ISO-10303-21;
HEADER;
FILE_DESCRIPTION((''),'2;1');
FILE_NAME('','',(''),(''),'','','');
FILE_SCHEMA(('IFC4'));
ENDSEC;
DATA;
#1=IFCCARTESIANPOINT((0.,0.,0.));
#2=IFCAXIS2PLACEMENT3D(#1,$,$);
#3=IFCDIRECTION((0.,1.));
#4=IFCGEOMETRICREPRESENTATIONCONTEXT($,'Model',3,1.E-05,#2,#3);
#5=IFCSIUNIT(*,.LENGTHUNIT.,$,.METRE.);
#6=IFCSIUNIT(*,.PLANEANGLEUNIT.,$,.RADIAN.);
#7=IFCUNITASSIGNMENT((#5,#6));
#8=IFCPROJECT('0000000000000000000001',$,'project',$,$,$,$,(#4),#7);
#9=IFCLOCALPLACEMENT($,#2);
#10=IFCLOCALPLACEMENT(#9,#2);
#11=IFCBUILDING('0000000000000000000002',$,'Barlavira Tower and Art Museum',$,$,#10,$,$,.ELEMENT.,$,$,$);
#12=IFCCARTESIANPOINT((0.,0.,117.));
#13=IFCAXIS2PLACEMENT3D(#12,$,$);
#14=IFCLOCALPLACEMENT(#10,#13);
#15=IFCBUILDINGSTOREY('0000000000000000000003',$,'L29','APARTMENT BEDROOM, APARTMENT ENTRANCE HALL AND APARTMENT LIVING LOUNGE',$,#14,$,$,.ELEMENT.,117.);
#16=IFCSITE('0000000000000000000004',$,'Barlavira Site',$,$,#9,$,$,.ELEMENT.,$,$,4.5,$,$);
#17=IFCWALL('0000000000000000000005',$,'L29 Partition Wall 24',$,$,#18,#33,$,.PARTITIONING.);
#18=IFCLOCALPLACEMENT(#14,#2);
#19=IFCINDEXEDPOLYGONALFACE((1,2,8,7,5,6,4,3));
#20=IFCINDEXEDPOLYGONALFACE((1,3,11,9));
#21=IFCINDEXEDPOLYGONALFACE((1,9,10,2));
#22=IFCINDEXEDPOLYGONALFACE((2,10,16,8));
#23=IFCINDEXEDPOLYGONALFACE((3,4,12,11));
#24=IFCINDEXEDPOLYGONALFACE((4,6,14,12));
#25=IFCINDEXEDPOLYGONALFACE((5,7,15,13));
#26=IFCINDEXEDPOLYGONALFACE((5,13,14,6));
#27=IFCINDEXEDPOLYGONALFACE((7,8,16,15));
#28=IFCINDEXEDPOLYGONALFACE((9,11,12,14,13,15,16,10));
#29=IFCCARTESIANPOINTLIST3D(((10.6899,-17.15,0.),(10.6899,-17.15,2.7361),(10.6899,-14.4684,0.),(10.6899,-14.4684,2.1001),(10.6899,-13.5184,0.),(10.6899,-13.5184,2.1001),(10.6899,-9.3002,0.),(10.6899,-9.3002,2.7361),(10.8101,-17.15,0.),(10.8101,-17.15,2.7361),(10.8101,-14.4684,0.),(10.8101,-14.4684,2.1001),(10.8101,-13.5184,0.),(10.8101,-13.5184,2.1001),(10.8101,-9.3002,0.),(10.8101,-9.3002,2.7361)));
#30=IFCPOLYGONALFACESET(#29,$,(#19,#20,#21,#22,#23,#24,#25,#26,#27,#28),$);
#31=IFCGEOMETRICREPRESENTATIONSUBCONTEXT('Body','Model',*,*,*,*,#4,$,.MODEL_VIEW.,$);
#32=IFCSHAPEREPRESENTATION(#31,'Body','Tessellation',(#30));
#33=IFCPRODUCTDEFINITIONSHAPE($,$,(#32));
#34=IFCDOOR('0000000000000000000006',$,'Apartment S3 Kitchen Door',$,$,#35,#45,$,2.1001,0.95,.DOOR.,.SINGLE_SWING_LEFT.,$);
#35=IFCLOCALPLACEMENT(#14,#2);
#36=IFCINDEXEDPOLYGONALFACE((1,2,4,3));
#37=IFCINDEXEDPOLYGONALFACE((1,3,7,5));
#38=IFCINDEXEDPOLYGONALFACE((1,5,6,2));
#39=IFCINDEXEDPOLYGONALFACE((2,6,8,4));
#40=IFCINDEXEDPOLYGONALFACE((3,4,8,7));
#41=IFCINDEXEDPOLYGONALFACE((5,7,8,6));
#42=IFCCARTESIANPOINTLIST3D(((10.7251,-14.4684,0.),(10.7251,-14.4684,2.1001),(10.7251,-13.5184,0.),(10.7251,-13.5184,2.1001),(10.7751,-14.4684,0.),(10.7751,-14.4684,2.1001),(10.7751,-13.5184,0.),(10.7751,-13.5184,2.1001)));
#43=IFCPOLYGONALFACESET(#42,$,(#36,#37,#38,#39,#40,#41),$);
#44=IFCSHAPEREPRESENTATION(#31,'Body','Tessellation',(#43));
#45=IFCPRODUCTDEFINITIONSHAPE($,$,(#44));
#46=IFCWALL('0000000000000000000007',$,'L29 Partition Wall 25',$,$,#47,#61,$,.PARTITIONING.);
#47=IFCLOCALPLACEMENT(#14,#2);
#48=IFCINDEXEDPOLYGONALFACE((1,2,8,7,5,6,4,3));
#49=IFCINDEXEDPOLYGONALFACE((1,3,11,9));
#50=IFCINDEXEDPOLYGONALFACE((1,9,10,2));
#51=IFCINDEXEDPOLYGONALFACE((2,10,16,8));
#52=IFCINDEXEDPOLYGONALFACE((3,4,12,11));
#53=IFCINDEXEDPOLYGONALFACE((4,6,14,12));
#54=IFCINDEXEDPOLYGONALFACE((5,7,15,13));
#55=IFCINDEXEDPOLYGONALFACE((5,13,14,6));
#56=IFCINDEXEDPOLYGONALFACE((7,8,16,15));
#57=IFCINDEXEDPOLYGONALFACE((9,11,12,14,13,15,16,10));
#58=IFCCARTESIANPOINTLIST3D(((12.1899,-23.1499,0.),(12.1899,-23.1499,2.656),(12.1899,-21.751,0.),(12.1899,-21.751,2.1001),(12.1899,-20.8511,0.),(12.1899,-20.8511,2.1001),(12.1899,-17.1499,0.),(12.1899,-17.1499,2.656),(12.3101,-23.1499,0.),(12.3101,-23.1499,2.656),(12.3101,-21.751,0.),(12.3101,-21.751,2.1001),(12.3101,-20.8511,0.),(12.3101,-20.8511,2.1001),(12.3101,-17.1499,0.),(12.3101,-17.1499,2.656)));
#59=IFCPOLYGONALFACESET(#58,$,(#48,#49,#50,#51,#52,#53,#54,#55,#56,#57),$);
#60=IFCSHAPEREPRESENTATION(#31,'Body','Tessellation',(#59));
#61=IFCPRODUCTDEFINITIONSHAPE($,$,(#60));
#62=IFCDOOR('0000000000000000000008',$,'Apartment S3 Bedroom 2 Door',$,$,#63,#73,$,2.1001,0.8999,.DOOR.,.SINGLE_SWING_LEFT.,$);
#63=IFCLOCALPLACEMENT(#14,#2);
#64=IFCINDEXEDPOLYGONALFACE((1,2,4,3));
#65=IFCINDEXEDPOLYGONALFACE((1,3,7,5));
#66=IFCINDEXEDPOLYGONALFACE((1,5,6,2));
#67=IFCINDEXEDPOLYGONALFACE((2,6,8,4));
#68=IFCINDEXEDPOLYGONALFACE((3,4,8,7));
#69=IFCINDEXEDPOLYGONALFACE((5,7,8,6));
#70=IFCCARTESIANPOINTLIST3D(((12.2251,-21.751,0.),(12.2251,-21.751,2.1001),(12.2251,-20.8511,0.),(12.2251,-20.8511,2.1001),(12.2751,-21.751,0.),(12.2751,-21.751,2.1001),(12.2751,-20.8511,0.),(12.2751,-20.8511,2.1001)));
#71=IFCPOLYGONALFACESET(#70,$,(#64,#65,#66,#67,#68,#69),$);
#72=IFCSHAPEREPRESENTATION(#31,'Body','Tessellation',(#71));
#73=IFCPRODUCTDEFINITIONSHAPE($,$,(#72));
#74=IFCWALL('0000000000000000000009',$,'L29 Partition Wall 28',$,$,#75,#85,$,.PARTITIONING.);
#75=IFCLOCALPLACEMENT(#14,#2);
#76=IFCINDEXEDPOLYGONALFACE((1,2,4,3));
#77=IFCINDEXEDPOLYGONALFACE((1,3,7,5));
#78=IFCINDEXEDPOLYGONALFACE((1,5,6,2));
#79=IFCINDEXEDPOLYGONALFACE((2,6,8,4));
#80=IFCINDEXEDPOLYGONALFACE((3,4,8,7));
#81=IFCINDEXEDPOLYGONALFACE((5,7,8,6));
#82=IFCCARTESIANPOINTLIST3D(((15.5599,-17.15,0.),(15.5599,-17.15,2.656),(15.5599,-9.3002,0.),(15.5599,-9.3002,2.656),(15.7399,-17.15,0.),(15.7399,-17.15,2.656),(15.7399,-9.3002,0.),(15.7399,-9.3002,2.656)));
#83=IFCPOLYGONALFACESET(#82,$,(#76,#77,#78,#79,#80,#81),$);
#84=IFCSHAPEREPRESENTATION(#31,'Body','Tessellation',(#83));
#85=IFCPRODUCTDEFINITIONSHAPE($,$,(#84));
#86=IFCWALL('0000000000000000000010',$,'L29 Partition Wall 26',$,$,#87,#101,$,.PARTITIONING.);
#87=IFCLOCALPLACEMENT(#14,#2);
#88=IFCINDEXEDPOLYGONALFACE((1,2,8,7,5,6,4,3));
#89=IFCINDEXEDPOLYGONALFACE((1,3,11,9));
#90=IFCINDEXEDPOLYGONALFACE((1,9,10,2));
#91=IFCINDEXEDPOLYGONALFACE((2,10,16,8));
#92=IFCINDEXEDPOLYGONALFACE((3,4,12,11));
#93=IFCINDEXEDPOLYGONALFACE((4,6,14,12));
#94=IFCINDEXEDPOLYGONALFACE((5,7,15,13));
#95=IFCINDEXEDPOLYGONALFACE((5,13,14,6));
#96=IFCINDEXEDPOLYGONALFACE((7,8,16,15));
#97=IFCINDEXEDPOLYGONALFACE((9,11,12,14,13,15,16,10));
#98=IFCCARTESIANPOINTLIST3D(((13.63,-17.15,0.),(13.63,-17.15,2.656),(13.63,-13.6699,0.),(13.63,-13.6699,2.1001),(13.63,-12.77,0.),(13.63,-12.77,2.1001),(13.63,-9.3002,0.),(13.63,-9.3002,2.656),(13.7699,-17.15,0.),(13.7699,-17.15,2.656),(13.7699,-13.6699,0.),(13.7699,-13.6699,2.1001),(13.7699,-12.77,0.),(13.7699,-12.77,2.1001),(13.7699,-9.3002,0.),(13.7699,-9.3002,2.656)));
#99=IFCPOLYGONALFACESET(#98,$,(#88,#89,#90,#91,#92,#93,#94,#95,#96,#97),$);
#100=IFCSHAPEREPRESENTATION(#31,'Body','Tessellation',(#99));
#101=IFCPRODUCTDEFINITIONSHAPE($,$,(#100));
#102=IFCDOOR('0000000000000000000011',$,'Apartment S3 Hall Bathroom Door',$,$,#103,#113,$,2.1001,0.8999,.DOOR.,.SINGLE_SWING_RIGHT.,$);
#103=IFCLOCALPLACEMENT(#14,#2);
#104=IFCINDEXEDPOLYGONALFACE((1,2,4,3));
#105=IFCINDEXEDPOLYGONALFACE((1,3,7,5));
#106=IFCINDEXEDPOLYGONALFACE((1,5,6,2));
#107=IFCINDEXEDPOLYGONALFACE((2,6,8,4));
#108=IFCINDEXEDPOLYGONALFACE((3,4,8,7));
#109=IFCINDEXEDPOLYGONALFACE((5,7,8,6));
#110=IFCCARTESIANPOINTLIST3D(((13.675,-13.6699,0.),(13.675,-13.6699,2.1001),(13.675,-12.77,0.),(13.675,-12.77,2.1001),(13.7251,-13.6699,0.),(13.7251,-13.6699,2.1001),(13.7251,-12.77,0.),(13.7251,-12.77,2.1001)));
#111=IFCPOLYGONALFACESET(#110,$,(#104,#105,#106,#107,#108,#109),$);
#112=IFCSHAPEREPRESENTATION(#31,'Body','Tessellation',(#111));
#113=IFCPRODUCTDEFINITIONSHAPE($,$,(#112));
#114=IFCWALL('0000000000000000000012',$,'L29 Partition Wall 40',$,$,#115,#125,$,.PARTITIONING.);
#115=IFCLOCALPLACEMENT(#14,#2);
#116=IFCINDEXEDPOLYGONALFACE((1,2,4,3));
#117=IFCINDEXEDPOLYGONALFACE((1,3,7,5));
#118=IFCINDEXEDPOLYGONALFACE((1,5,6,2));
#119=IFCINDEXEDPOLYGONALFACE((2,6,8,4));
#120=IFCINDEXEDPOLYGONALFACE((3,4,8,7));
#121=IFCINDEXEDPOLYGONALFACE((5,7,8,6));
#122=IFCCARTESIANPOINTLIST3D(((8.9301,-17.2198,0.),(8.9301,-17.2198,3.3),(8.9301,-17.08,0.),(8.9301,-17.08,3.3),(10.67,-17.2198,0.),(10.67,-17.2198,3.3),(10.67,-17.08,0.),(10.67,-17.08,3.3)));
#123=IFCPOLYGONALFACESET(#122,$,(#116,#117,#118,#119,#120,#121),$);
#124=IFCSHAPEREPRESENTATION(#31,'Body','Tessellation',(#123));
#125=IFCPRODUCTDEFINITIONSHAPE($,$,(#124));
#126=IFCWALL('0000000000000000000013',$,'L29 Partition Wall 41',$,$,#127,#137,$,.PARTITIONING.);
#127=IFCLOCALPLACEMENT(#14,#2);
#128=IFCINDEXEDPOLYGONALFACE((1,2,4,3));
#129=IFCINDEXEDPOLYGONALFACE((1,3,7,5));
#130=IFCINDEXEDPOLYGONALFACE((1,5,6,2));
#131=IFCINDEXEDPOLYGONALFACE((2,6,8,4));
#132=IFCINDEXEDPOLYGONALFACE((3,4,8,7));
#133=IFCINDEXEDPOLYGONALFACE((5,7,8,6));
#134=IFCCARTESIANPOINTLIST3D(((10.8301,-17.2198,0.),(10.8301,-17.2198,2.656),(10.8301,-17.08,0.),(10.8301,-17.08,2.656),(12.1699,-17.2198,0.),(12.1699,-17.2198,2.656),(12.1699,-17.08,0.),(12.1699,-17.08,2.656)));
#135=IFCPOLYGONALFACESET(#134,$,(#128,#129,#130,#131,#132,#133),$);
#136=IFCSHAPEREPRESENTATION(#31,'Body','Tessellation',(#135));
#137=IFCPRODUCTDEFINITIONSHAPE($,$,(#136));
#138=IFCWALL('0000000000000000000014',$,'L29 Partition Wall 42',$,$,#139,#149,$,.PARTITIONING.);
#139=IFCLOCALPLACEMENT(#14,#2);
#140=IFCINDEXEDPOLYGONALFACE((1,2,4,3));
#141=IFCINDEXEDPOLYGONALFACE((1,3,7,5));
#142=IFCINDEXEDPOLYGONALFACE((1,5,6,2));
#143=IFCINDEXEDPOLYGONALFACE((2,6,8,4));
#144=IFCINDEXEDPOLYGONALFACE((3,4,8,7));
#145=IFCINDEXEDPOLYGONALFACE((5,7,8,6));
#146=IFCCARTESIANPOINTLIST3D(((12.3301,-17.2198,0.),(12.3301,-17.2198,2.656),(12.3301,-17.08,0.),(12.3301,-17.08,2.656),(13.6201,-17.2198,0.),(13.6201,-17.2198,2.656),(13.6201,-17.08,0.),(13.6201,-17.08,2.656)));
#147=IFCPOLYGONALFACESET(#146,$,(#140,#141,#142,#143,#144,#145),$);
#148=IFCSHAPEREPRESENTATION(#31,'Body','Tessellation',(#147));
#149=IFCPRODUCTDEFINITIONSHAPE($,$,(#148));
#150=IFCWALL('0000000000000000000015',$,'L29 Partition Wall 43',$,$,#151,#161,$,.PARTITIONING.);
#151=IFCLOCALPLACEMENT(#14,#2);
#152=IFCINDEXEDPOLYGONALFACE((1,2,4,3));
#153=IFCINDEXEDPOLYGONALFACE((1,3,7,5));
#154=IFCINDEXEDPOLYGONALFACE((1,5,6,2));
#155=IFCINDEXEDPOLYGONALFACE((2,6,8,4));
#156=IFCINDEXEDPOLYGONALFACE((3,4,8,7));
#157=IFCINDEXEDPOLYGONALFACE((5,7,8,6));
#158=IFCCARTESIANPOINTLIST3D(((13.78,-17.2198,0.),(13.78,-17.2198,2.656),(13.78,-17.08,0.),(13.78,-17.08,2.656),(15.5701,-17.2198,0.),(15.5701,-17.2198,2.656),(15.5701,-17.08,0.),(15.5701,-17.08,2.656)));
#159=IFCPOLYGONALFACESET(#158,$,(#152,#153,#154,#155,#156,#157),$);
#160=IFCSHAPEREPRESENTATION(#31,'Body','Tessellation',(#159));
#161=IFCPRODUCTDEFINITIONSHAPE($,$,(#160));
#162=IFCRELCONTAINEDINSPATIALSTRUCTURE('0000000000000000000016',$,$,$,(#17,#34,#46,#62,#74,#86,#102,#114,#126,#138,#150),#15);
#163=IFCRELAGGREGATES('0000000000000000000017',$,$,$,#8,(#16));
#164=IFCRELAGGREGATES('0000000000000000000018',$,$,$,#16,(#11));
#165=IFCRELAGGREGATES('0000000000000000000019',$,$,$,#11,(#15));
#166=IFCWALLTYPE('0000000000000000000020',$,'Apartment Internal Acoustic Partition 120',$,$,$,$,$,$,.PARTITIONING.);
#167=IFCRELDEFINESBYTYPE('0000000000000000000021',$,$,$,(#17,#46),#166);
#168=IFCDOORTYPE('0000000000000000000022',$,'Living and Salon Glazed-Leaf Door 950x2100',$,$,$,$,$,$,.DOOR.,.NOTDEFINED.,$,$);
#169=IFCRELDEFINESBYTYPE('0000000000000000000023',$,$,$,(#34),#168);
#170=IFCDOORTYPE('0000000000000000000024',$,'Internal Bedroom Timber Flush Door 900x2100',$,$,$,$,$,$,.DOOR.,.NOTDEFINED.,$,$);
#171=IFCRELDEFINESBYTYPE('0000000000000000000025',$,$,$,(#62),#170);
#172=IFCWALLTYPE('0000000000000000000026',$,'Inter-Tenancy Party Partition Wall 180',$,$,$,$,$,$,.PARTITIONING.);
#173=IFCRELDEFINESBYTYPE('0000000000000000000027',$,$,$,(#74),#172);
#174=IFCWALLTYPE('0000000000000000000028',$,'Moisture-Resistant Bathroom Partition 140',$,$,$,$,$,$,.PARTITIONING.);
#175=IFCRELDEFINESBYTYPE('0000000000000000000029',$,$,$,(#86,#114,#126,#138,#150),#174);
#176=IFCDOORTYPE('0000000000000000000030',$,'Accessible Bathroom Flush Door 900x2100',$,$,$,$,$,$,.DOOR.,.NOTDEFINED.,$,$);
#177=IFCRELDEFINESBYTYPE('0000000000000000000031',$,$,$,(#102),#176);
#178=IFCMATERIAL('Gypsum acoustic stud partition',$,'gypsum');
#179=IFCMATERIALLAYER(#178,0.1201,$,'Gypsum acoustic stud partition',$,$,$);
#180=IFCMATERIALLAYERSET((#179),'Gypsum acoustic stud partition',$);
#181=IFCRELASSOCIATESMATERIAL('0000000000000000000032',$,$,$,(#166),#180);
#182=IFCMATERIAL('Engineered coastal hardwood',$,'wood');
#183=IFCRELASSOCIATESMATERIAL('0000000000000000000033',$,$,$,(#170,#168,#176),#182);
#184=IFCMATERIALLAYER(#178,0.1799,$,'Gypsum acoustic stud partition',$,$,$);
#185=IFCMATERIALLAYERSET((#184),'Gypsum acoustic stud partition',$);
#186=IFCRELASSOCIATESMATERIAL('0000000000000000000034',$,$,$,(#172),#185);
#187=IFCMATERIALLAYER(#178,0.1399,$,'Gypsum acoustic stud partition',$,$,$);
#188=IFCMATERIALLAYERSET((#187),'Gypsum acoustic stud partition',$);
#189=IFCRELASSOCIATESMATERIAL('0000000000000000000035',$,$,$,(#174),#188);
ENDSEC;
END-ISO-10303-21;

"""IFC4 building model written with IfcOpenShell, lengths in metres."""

from ifc_helpers import new_model, si_unit, direction, frame, frame_2d, origin, place, context, subcontext, project, spatial, rectangle, extrude, material, layer, layer_set, type_object, element, fill, save


model = new_model("IFC4")

# Units and contexts
model_context = context("Model", 3, precision=1e-05, world=origin(), true_north=direction((0.0, 1.0)))
body_context = subcontext(model_context, "Body", "Model", "MODEL_VIEW")
ifc_project = project(units=[si_unit("LENGTHUNIT", "METRE"), si_unit("PLANEANGLEUNIT", "RADIAN")], contexts=[model_context])

# Site, building, storey
site_placement = place(None, origin())
site = spatial("IfcSite", under=ifc_project, at=site_placement, Name="Barlavira Site", CompositionType="ELEMENT", RefElevation=4.5)
building_placement = place(site_placement, origin())
building = spatial("IfcBuilding", under=site, at=building_placement, Name="Barlavira Tower and Art Museum", CompositionType="ELEMENT")
storey_placement = place(building_placement, frame((0.0, 0.0, 117.0)))
storey = spatial("IfcBuildingStorey", under=building, at=storey_placement, Name="L29", Description="APARTMENT BEDROOM, APARTMENT ENTRANCE HALL AND APARTMENT LIVING LOUNGE", CompositionType="ELEMENT", Elevation=117.0)

# Walls, openings, doors
ifc_material_1 = material(Name="Gypsum acoustic stud partition", Category="gypsum")
ifc_layer_1 = layer(ifc_material_1, 0.1201, Name="Gypsum acoustic stud partition")
ifc_layer_set_1 = layer_set([ifc_layer_1], Name="Gypsum acoustic stud partition")
wall_type_1 = type_object("IfcWallType", Name="Apartment Internal Acoustic Partition 120", PredefinedType="PARTITIONING", material=ifc_layer_set_1)
ifc_material_2 = material(Name="Engineered coastal hardwood", Category="wood")
door_type_1 = type_object("IfcDoorType", Name="Internal Bedroom Timber Flush Door 900x2100", OperationType="NOTDEFINED", PredefinedType="DOOR", material=ifc_material_2)
wall_1_placement = place(storey_placement, frame((10.75, -17.1499, 0.0), z_axis=(0.0, 0.0, 1.0), x_axis=(0.0, 1.0, 0.0)))
wall_1 = element("IfcWall", 1, at=wall_1_placement, inside=storey, type_object=wall_type_1, Name="L29 Partition Wall 24", PredefinedType="PARTITIONING", context=body_context, shape_type="SweptSolid", body=[
    extrude(rectangle(XDim=7.8499, YDim=0.1201, at=frame_2d((3.9248, 0.0))), origin(), (0.0, 0.0, 1.0), 2.7361),
])
opening_1_placement = place(wall_1_placement, frame((2.6814, 0.0, 0.0)))
opening_1 = element("IfcOpeningElement", 2, at=opening_1_placement, cuts=wall_1, PredefinedType="OPENING", context=body_context, shape_type="SweptSolid", body=[
    extrude(rectangle(XDim=0.95, YDim=2.1001, at=frame_2d((0.4751, 1.05))), frame((0.0, 0.0701, 0.0), z_axis=(0.0, -1.0, 0.0), x_axis=(1.0, 0.0, 0.0)), (0.0, 0.0, 1.0), 0.1401),
])
door_type_2 = type_object("IfcDoorType", Name="Living and Salon Glazed-Leaf Door 950x2100", OperationType="NOTDEFINED", PredefinedType="DOOR", material=ifc_material_2)
door_1_placement = place(opening_1_placement, origin())
door_1 = element("IfcDoor", 3, at=door_1_placement, inside=storey, type_object=door_type_2, Name="Apartment S3 Kitchen Door", OperationType="SINGLE_SWING_LEFT", OverallHeight=2.1001, OverallWidth=0.95, PredefinedType="DOOR", context=body_context, shape_type="SweptSolid", body=[
    extrude(rectangle(XDim=0.95, YDim=2.1001, at=frame_2d((0.4751, 1.05))), frame((0.0, 0.0249, 0.0), z_axis=(0.0, -1.0, 0.0), x_axis=(1.0, 0.0, 0.0)), (0.0, 0.0, 1.0), 0.05),
])
fill(opening_1, door_1)
wall_2_placement = place(storey_placement, frame((12.25, -23.1499, 0.0), z_axis=(0.0, 0.0, 1.0), x_axis=(0.0, 1.0, 0.0)))
wall_2 = element("IfcWall", 4, at=wall_2_placement, inside=storey, type_object=wall_type_1, Name="L29 Partition Wall 25", PredefinedType="PARTITIONING", context=body_context, shape_type="SweptSolid", body=[
    extrude(rectangle(XDim=6.0, YDim=0.1201, at=frame_2d((3.0, 0.0))), origin(), (0.0, 0.0, 1.0), 2.656),
])
opening_2_placement = place(wall_2_placement, frame((1.3989, 0.0, 0.0)))
opening_2 = element("IfcOpeningElement", 5, at=opening_2_placement, cuts=wall_2, PredefinedType="OPENING", context=body_context, shape_type="SweptSolid", body=[
    extrude(rectangle(XDim=0.8999, YDim=2.1001, at=frame_2d((0.45, 1.05))), frame((0.0, 0.0701, 0.0), z_axis=(0.0, -1.0, 0.0), x_axis=(1.0, 0.0, 0.0)), (0.0, 0.0, 1.0), 0.1401),
])
door_2_placement = place(opening_2_placement, origin())
door_2 = element("IfcDoor", 6, at=door_2_placement, inside=storey, type_object=door_type_1, Name="Apartment S3 Bedroom 2 Door", OperationType="SINGLE_SWING_LEFT", OverallHeight=2.1001, OverallWidth=0.8999, PredefinedType="DOOR", context=body_context, shape_type="SweptSolid", body=[
    extrude(rectangle(XDim=0.8999, YDim=2.1001, at=frame_2d((0.45, 1.05))), frame((0.0, 0.0249, 0.0), z_axis=(0.0, -1.0, 0.0), x_axis=(1.0, 0.0, 0.0)), (0.0, 0.0, 1.0), 0.05),
])
fill(opening_2, door_2)

# Wall
ifc_layer_2 = layer(ifc_material_1, 0.1799, Name="Gypsum acoustic stud partition")
ifc_layer_set_2 = layer_set([ifc_layer_2], Name="Gypsum acoustic stud partition")
wall_type_2 = type_object("IfcWallType", Name="Inter-Tenancy Party Partition Wall 180", PredefinedType="PARTITIONING", material=ifc_layer_set_2)
wall_3_placement = place(storey_placement, frame((15.6499, -17.1499, 0.0), z_axis=(0.0, 0.0, 1.0), x_axis=(0.0, 1.0, 0.0)))
element("IfcWall", 7, at=wall_3_placement, inside=storey, type_object=wall_type_2, Name="L29 Partition Wall 28", PredefinedType="PARTITIONING", context=body_context, shape_type="SweptSolid", body=[
    extrude(rectangle(XDim=7.8499, YDim=0.1799, at=frame_2d((3.9248, 0.0))), origin(), (0.0, 0.0, 1.0), 2.656),
])

# Wall, opening, door
ifc_layer_3 = layer(ifc_material_1, 0.1399, Name="Gypsum acoustic stud partition")
ifc_layer_set_3 = layer_set([ifc_layer_3], Name="Gypsum acoustic stud partition")
wall_type_3 = type_object("IfcWallType", Name="Moisture-Resistant Bathroom Partition 140", PredefinedType="PARTITIONING", material=ifc_layer_set_3)
wall_4_placement = place(storey_placement, frame((13.7, -17.1499, 0.0), z_axis=(0.0, 0.0, 1.0), x_axis=(0.0, 1.0, 0.0)))
wall_4 = element("IfcWall", 8, at=wall_4_placement, inside=storey, type_object=wall_type_3, Name="L29 Partition Wall 26", PredefinedType="PARTITIONING", context=body_context, shape_type="SweptSolid", body=[
    extrude(rectangle(XDim=7.8499, YDim=0.1399, at=frame_2d((3.9248, 0.0))), origin(), (0.0, 0.0, 1.0), 2.656),
])
opening_3_placement = place(wall_4_placement, frame((3.48, 0.0, 0.0)))
opening_3 = element("IfcOpeningElement", 9, at=opening_3_placement, cuts=wall_4, PredefinedType="OPENING", context=body_context, shape_type="SweptSolid", body=[
    extrude(rectangle(XDim=0.8999, YDim=2.1001, at=frame_2d((0.45, 1.05))), frame((0.0, 0.0801, 0.0), z_axis=(0.0, -1.0, 0.0), x_axis=(1.0, 0.0, 0.0)), (0.0, 0.0, 1.0), 0.1599),
])
door_type_3 = type_object("IfcDoorType", Name="Accessible Bathroom Flush Door 900x2100", OperationType="NOTDEFINED", PredefinedType="DOOR", material=ifc_material_2)
door_3_placement = place(opening_3_placement, origin())
door_3 = element("IfcDoor", 10, at=door_3_placement, inside=storey, type_object=door_type_3, Name="Apartment S3 Hall Bathroom Door", OperationType="SINGLE_SWING_RIGHT", OverallHeight=2.1001, OverallWidth=0.8999, PredefinedType="DOOR", context=body_context, shape_type="SweptSolid", body=[
    extrude(rectangle(XDim=0.8999, YDim=2.1001, at=frame_2d((0.45, 1.05))), frame((0.0, 0.0249, 0.0), z_axis=(0.0, -1.0, 0.0), x_axis=(1.0, 0.0, 0.0)), (0.0, 0.0, 1.0), 0.05),
])
fill(opening_3, door_3)

# Walls
wall_5_placement = place(storey_placement, frame((8.9299, -17.1499, 0.0), z_axis=(0.0, 0.0, 1.0), x_axis=(1.0, 0.0, 0.0)))
element("IfcWall", 11, at=wall_5_placement, inside=storey, type_object=wall_type_3, Name="L29 Partition Wall 40", PredefinedType="PARTITIONING", context=body_context, shape_type="SweptSolid", body=[
    extrude(rectangle(XDim=1.74, YDim=0.1399, at=frame_2d((0.8701, 0.0))), origin(), (0.0, 0.0, 1.0), 3.3),
])
wall_6_placement = place(storey_placement, frame((10.8301, -17.1499, 0.0), z_axis=(0.0, 0.0, 1.0), x_axis=(1.0, 0.0, 0.0)))
element("IfcWall", 12, at=wall_6_placement, inside=storey, type_object=wall_type_3, Name="L29 Partition Wall 41", PredefinedType="PARTITIONING", context=body_context, shape_type="SweptSolid", body=[
    extrude(rectangle(XDim=1.3398, YDim=0.1399, at=frame_2d((0.6699, 0.0))), origin(), (0.0, 0.0, 1.0), 2.656),
])
wall_7_placement = place(storey_placement, frame((12.3301, -17.1499, 0.0), z_axis=(0.0, 0.0, 1.0), x_axis=(1.0, 0.0, 0.0)))
element("IfcWall", 13, at=wall_7_placement, inside=storey, type_object=wall_type_3, Name="L29 Partition Wall 42", PredefinedType="PARTITIONING", context=body_context, shape_type="SweptSolid", body=[
    extrude(rectangle(XDim=1.29, YDim=0.1399, at=frame_2d((0.645, 0.0))), origin(), (0.0, 0.0, 1.0), 2.656),
])
wall_8_placement = place(storey_placement, frame((13.78, -17.1499, 0.0), z_axis=(0.0, 0.0, 1.0), x_axis=(1.0, 0.0, 0.0)))
element("IfcWall", 14, at=wall_8_placement, inside=storey, type_object=wall_type_3, Name="L29 Partition Wall 43", PredefinedType="PARTITIONING", context=body_context, shape_type="SweptSolid", body=[
    extrude(rectangle(XDim=1.79, YDim=0.1399, at=frame_2d((0.895, 0.0))), origin(), (0.0, 0.0, 1.0), 2.656),
])

save(model, "model.ifc")
